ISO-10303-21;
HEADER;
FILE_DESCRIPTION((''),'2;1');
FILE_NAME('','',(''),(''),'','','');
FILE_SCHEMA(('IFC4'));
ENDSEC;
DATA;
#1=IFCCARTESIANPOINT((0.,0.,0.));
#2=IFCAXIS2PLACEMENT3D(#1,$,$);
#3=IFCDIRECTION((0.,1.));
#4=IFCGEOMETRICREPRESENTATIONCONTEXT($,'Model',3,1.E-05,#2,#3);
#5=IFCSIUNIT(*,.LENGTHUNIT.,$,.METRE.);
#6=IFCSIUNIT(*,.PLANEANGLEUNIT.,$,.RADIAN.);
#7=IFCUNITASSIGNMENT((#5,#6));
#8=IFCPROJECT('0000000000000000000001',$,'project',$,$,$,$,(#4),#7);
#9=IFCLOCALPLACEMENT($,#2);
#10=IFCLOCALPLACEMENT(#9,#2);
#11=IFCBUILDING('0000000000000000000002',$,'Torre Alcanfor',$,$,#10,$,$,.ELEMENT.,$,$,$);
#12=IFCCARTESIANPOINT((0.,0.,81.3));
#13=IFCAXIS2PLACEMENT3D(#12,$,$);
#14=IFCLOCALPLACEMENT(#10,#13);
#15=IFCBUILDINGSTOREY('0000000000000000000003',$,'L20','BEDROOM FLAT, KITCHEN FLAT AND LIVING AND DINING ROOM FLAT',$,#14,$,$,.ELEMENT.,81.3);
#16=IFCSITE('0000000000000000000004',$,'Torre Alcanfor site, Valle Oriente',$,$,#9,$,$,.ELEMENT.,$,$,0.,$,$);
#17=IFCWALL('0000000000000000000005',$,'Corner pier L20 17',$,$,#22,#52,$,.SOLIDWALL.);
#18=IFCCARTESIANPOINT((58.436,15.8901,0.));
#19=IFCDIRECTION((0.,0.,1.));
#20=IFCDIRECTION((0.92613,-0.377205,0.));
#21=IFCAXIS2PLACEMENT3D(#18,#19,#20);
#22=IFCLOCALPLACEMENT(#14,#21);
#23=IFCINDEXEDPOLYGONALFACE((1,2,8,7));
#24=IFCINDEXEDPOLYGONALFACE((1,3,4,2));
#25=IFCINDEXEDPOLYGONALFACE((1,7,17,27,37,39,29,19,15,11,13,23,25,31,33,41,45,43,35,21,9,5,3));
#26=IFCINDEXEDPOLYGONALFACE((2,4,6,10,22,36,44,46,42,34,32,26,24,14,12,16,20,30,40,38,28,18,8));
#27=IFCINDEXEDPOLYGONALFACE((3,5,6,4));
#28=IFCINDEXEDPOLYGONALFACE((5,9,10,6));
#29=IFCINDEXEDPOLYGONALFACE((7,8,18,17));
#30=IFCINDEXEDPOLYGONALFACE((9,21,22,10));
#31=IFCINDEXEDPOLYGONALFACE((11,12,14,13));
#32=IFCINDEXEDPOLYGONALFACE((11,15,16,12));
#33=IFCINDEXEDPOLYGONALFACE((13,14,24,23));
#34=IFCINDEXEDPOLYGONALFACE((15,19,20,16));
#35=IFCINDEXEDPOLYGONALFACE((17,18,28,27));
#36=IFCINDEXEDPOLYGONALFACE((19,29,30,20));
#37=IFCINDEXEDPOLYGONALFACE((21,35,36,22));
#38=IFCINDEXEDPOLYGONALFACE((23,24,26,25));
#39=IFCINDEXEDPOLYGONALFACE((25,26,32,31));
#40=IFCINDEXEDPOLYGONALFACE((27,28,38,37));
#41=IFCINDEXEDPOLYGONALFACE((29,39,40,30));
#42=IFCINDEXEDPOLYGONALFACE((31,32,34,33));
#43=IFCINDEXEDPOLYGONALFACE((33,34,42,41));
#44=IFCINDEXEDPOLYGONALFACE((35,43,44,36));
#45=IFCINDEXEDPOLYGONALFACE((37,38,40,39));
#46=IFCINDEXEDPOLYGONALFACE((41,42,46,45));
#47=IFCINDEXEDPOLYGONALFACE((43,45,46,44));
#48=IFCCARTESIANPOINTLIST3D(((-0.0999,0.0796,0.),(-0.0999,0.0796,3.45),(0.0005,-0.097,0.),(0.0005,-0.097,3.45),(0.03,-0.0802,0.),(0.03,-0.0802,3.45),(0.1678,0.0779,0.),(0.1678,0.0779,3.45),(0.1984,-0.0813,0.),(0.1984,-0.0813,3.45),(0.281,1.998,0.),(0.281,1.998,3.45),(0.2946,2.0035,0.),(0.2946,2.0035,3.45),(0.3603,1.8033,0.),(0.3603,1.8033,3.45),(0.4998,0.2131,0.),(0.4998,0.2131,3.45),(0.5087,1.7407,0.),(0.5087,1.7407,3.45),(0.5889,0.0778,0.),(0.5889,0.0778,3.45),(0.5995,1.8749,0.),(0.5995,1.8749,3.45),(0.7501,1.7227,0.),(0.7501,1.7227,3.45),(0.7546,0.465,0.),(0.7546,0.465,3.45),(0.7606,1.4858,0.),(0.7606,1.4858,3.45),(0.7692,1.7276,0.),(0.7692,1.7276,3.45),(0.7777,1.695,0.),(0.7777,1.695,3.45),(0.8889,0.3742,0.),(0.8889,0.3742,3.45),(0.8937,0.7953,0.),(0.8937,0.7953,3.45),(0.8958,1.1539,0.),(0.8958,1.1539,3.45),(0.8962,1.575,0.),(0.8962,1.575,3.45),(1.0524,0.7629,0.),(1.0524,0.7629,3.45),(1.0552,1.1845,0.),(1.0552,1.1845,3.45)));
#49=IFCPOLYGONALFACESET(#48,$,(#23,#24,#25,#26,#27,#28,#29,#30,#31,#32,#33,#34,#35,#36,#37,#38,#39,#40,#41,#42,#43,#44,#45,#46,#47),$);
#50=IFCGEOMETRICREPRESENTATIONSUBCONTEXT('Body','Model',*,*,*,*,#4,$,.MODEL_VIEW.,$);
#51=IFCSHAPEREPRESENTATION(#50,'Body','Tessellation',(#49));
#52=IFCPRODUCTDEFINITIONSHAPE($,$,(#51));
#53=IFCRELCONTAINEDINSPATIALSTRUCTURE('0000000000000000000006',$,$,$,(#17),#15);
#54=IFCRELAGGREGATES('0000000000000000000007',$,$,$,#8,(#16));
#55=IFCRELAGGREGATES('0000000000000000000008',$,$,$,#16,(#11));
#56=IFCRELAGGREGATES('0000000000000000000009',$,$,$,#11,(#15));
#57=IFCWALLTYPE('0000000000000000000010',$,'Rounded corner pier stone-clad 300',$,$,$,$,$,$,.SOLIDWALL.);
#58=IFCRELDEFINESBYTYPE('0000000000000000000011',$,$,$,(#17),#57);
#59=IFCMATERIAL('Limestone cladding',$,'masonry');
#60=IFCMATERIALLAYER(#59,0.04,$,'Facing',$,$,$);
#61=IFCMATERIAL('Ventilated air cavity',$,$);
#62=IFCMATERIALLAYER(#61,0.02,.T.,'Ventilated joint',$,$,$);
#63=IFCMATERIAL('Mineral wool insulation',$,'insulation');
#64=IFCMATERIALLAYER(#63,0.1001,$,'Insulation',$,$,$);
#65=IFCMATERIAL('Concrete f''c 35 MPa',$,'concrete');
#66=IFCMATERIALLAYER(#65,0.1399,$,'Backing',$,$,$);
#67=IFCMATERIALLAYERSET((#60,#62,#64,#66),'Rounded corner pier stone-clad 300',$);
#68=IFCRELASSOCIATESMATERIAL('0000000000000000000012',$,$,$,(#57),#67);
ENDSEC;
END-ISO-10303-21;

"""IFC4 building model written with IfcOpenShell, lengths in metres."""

from ifc_helpers import new_model, si_unit, direction, frame, origin, place, context, subcontext, project, spatial, polyline, outline, extrude, material, layer, layer_set, type_object, element, save


model = new_model("IFC4")

# Units and contexts
model_context = context("Model", 3, precision=1e-05, world=origin(), true_north=direction((0.0, 1.0)))
body_context = subcontext(model_context, "Body", "Model", "MODEL_VIEW")
ifc_project = project(units=[si_unit("LENGTHUNIT", "METRE"), si_unit("PLANEANGLEUNIT", "RADIAN")], contexts=[model_context])

# Site, building, storey
site_placement = place(None, origin())
site = spatial("IfcSite", under=ifc_project, at=site_placement, Name="Torre Alcanfor site, Valle Oriente", CompositionType="ELEMENT", RefElevation=0.0)
building_placement = place(site_placement, origin())
building = spatial("IfcBuilding", under=site, at=building_placement, Name="Torre Alcanfor", CompositionType="ELEMENT")
storey_placement = place(building_placement, frame((0.0, 0.0, 81.3)))
storey = spatial("IfcBuildingStorey", under=building, at=storey_placement, Name="L20", Description="BEDROOM FLAT, KITCHEN FLAT AND LIVING AND DINING ROOM FLAT", CompositionType="ELEMENT", Elevation=81.3)

# Shared definitions
ifc_material_1 = material(Name="Limestone cladding", Category="masonry")
ifc_material_2 = material(Name="Ventilated air cavity")
ifc_material_3 = material(Name="Mineral wool insulation", Category="insulation")
ifc_material_4 = material(Name="Concrete f'c 35 MPa", Category="concrete")

# Wall
ifc_layer_1 = layer(ifc_material_1, 0.04, Name="Facing")
ifc_layer_2 = layer(ifc_material_2, 0.02, ventilated=True, Name="Ventilated joint")
ifc_layer_3 = layer(ifc_material_3, 0.1001, Name="Insulation")
ifc_layer_4 = layer(ifc_material_4, 0.1399, Name="Backing")
ifc_layer_set_1 = layer_set([ifc_layer_1, ifc_layer_2, ifc_layer_3, ifc_layer_4], Name="Rounded corner pier stone-clad 300")
wall_type_1 = type_object("IfcWallType", Name="Rounded corner pier stone-clad 300", PredefinedType="SOLIDWALL", material=ifc_layer_set_1)
wall_1_placement = place(storey_placement, frame((58.436, 15.8901, 0.0), z_axis=(0.0, 0.0, 1.0), x_axis=(0.92613, -0.377205, 0.0)))
element("IfcWall", 1, at=wall_1_placement, inside=storey, type_object=wall_type_1, Name="Corner pier L20 17", PredefinedType="SOLIDWALL", context=body_context, shape_type="SweptSolid", body=[
    extrude(outline(polyline([(0.7692, 1.7276), (0.7501, 1.7227), (0.5995, 1.8749), (0.2946, 2.0035), (0.281, 1.998), (0.3603, 1.8033), (0.5087, 1.7407), (0.7606, 1.4858), (0.8958, 1.1539), (0.8937, 0.7953), (0.7546, 0.465), (0.4998, 0.2131), (0.1678, 0.0779), (-0.0999, 0.0796), (0.0005, -0.097), (0.03, -0.0802), (0.1984, -0.0813), (0.5889, 0.0778), (0.8889, 0.3742), (1.0524, 0.7629), (1.0552, 1.1845), (0.8962, 1.575), (0.7777, 1.695), (0.7692, 1.7276)])), origin(), (0.0, 0.0, 1.0), 3.45),
])

save(model, "model.ifc")
